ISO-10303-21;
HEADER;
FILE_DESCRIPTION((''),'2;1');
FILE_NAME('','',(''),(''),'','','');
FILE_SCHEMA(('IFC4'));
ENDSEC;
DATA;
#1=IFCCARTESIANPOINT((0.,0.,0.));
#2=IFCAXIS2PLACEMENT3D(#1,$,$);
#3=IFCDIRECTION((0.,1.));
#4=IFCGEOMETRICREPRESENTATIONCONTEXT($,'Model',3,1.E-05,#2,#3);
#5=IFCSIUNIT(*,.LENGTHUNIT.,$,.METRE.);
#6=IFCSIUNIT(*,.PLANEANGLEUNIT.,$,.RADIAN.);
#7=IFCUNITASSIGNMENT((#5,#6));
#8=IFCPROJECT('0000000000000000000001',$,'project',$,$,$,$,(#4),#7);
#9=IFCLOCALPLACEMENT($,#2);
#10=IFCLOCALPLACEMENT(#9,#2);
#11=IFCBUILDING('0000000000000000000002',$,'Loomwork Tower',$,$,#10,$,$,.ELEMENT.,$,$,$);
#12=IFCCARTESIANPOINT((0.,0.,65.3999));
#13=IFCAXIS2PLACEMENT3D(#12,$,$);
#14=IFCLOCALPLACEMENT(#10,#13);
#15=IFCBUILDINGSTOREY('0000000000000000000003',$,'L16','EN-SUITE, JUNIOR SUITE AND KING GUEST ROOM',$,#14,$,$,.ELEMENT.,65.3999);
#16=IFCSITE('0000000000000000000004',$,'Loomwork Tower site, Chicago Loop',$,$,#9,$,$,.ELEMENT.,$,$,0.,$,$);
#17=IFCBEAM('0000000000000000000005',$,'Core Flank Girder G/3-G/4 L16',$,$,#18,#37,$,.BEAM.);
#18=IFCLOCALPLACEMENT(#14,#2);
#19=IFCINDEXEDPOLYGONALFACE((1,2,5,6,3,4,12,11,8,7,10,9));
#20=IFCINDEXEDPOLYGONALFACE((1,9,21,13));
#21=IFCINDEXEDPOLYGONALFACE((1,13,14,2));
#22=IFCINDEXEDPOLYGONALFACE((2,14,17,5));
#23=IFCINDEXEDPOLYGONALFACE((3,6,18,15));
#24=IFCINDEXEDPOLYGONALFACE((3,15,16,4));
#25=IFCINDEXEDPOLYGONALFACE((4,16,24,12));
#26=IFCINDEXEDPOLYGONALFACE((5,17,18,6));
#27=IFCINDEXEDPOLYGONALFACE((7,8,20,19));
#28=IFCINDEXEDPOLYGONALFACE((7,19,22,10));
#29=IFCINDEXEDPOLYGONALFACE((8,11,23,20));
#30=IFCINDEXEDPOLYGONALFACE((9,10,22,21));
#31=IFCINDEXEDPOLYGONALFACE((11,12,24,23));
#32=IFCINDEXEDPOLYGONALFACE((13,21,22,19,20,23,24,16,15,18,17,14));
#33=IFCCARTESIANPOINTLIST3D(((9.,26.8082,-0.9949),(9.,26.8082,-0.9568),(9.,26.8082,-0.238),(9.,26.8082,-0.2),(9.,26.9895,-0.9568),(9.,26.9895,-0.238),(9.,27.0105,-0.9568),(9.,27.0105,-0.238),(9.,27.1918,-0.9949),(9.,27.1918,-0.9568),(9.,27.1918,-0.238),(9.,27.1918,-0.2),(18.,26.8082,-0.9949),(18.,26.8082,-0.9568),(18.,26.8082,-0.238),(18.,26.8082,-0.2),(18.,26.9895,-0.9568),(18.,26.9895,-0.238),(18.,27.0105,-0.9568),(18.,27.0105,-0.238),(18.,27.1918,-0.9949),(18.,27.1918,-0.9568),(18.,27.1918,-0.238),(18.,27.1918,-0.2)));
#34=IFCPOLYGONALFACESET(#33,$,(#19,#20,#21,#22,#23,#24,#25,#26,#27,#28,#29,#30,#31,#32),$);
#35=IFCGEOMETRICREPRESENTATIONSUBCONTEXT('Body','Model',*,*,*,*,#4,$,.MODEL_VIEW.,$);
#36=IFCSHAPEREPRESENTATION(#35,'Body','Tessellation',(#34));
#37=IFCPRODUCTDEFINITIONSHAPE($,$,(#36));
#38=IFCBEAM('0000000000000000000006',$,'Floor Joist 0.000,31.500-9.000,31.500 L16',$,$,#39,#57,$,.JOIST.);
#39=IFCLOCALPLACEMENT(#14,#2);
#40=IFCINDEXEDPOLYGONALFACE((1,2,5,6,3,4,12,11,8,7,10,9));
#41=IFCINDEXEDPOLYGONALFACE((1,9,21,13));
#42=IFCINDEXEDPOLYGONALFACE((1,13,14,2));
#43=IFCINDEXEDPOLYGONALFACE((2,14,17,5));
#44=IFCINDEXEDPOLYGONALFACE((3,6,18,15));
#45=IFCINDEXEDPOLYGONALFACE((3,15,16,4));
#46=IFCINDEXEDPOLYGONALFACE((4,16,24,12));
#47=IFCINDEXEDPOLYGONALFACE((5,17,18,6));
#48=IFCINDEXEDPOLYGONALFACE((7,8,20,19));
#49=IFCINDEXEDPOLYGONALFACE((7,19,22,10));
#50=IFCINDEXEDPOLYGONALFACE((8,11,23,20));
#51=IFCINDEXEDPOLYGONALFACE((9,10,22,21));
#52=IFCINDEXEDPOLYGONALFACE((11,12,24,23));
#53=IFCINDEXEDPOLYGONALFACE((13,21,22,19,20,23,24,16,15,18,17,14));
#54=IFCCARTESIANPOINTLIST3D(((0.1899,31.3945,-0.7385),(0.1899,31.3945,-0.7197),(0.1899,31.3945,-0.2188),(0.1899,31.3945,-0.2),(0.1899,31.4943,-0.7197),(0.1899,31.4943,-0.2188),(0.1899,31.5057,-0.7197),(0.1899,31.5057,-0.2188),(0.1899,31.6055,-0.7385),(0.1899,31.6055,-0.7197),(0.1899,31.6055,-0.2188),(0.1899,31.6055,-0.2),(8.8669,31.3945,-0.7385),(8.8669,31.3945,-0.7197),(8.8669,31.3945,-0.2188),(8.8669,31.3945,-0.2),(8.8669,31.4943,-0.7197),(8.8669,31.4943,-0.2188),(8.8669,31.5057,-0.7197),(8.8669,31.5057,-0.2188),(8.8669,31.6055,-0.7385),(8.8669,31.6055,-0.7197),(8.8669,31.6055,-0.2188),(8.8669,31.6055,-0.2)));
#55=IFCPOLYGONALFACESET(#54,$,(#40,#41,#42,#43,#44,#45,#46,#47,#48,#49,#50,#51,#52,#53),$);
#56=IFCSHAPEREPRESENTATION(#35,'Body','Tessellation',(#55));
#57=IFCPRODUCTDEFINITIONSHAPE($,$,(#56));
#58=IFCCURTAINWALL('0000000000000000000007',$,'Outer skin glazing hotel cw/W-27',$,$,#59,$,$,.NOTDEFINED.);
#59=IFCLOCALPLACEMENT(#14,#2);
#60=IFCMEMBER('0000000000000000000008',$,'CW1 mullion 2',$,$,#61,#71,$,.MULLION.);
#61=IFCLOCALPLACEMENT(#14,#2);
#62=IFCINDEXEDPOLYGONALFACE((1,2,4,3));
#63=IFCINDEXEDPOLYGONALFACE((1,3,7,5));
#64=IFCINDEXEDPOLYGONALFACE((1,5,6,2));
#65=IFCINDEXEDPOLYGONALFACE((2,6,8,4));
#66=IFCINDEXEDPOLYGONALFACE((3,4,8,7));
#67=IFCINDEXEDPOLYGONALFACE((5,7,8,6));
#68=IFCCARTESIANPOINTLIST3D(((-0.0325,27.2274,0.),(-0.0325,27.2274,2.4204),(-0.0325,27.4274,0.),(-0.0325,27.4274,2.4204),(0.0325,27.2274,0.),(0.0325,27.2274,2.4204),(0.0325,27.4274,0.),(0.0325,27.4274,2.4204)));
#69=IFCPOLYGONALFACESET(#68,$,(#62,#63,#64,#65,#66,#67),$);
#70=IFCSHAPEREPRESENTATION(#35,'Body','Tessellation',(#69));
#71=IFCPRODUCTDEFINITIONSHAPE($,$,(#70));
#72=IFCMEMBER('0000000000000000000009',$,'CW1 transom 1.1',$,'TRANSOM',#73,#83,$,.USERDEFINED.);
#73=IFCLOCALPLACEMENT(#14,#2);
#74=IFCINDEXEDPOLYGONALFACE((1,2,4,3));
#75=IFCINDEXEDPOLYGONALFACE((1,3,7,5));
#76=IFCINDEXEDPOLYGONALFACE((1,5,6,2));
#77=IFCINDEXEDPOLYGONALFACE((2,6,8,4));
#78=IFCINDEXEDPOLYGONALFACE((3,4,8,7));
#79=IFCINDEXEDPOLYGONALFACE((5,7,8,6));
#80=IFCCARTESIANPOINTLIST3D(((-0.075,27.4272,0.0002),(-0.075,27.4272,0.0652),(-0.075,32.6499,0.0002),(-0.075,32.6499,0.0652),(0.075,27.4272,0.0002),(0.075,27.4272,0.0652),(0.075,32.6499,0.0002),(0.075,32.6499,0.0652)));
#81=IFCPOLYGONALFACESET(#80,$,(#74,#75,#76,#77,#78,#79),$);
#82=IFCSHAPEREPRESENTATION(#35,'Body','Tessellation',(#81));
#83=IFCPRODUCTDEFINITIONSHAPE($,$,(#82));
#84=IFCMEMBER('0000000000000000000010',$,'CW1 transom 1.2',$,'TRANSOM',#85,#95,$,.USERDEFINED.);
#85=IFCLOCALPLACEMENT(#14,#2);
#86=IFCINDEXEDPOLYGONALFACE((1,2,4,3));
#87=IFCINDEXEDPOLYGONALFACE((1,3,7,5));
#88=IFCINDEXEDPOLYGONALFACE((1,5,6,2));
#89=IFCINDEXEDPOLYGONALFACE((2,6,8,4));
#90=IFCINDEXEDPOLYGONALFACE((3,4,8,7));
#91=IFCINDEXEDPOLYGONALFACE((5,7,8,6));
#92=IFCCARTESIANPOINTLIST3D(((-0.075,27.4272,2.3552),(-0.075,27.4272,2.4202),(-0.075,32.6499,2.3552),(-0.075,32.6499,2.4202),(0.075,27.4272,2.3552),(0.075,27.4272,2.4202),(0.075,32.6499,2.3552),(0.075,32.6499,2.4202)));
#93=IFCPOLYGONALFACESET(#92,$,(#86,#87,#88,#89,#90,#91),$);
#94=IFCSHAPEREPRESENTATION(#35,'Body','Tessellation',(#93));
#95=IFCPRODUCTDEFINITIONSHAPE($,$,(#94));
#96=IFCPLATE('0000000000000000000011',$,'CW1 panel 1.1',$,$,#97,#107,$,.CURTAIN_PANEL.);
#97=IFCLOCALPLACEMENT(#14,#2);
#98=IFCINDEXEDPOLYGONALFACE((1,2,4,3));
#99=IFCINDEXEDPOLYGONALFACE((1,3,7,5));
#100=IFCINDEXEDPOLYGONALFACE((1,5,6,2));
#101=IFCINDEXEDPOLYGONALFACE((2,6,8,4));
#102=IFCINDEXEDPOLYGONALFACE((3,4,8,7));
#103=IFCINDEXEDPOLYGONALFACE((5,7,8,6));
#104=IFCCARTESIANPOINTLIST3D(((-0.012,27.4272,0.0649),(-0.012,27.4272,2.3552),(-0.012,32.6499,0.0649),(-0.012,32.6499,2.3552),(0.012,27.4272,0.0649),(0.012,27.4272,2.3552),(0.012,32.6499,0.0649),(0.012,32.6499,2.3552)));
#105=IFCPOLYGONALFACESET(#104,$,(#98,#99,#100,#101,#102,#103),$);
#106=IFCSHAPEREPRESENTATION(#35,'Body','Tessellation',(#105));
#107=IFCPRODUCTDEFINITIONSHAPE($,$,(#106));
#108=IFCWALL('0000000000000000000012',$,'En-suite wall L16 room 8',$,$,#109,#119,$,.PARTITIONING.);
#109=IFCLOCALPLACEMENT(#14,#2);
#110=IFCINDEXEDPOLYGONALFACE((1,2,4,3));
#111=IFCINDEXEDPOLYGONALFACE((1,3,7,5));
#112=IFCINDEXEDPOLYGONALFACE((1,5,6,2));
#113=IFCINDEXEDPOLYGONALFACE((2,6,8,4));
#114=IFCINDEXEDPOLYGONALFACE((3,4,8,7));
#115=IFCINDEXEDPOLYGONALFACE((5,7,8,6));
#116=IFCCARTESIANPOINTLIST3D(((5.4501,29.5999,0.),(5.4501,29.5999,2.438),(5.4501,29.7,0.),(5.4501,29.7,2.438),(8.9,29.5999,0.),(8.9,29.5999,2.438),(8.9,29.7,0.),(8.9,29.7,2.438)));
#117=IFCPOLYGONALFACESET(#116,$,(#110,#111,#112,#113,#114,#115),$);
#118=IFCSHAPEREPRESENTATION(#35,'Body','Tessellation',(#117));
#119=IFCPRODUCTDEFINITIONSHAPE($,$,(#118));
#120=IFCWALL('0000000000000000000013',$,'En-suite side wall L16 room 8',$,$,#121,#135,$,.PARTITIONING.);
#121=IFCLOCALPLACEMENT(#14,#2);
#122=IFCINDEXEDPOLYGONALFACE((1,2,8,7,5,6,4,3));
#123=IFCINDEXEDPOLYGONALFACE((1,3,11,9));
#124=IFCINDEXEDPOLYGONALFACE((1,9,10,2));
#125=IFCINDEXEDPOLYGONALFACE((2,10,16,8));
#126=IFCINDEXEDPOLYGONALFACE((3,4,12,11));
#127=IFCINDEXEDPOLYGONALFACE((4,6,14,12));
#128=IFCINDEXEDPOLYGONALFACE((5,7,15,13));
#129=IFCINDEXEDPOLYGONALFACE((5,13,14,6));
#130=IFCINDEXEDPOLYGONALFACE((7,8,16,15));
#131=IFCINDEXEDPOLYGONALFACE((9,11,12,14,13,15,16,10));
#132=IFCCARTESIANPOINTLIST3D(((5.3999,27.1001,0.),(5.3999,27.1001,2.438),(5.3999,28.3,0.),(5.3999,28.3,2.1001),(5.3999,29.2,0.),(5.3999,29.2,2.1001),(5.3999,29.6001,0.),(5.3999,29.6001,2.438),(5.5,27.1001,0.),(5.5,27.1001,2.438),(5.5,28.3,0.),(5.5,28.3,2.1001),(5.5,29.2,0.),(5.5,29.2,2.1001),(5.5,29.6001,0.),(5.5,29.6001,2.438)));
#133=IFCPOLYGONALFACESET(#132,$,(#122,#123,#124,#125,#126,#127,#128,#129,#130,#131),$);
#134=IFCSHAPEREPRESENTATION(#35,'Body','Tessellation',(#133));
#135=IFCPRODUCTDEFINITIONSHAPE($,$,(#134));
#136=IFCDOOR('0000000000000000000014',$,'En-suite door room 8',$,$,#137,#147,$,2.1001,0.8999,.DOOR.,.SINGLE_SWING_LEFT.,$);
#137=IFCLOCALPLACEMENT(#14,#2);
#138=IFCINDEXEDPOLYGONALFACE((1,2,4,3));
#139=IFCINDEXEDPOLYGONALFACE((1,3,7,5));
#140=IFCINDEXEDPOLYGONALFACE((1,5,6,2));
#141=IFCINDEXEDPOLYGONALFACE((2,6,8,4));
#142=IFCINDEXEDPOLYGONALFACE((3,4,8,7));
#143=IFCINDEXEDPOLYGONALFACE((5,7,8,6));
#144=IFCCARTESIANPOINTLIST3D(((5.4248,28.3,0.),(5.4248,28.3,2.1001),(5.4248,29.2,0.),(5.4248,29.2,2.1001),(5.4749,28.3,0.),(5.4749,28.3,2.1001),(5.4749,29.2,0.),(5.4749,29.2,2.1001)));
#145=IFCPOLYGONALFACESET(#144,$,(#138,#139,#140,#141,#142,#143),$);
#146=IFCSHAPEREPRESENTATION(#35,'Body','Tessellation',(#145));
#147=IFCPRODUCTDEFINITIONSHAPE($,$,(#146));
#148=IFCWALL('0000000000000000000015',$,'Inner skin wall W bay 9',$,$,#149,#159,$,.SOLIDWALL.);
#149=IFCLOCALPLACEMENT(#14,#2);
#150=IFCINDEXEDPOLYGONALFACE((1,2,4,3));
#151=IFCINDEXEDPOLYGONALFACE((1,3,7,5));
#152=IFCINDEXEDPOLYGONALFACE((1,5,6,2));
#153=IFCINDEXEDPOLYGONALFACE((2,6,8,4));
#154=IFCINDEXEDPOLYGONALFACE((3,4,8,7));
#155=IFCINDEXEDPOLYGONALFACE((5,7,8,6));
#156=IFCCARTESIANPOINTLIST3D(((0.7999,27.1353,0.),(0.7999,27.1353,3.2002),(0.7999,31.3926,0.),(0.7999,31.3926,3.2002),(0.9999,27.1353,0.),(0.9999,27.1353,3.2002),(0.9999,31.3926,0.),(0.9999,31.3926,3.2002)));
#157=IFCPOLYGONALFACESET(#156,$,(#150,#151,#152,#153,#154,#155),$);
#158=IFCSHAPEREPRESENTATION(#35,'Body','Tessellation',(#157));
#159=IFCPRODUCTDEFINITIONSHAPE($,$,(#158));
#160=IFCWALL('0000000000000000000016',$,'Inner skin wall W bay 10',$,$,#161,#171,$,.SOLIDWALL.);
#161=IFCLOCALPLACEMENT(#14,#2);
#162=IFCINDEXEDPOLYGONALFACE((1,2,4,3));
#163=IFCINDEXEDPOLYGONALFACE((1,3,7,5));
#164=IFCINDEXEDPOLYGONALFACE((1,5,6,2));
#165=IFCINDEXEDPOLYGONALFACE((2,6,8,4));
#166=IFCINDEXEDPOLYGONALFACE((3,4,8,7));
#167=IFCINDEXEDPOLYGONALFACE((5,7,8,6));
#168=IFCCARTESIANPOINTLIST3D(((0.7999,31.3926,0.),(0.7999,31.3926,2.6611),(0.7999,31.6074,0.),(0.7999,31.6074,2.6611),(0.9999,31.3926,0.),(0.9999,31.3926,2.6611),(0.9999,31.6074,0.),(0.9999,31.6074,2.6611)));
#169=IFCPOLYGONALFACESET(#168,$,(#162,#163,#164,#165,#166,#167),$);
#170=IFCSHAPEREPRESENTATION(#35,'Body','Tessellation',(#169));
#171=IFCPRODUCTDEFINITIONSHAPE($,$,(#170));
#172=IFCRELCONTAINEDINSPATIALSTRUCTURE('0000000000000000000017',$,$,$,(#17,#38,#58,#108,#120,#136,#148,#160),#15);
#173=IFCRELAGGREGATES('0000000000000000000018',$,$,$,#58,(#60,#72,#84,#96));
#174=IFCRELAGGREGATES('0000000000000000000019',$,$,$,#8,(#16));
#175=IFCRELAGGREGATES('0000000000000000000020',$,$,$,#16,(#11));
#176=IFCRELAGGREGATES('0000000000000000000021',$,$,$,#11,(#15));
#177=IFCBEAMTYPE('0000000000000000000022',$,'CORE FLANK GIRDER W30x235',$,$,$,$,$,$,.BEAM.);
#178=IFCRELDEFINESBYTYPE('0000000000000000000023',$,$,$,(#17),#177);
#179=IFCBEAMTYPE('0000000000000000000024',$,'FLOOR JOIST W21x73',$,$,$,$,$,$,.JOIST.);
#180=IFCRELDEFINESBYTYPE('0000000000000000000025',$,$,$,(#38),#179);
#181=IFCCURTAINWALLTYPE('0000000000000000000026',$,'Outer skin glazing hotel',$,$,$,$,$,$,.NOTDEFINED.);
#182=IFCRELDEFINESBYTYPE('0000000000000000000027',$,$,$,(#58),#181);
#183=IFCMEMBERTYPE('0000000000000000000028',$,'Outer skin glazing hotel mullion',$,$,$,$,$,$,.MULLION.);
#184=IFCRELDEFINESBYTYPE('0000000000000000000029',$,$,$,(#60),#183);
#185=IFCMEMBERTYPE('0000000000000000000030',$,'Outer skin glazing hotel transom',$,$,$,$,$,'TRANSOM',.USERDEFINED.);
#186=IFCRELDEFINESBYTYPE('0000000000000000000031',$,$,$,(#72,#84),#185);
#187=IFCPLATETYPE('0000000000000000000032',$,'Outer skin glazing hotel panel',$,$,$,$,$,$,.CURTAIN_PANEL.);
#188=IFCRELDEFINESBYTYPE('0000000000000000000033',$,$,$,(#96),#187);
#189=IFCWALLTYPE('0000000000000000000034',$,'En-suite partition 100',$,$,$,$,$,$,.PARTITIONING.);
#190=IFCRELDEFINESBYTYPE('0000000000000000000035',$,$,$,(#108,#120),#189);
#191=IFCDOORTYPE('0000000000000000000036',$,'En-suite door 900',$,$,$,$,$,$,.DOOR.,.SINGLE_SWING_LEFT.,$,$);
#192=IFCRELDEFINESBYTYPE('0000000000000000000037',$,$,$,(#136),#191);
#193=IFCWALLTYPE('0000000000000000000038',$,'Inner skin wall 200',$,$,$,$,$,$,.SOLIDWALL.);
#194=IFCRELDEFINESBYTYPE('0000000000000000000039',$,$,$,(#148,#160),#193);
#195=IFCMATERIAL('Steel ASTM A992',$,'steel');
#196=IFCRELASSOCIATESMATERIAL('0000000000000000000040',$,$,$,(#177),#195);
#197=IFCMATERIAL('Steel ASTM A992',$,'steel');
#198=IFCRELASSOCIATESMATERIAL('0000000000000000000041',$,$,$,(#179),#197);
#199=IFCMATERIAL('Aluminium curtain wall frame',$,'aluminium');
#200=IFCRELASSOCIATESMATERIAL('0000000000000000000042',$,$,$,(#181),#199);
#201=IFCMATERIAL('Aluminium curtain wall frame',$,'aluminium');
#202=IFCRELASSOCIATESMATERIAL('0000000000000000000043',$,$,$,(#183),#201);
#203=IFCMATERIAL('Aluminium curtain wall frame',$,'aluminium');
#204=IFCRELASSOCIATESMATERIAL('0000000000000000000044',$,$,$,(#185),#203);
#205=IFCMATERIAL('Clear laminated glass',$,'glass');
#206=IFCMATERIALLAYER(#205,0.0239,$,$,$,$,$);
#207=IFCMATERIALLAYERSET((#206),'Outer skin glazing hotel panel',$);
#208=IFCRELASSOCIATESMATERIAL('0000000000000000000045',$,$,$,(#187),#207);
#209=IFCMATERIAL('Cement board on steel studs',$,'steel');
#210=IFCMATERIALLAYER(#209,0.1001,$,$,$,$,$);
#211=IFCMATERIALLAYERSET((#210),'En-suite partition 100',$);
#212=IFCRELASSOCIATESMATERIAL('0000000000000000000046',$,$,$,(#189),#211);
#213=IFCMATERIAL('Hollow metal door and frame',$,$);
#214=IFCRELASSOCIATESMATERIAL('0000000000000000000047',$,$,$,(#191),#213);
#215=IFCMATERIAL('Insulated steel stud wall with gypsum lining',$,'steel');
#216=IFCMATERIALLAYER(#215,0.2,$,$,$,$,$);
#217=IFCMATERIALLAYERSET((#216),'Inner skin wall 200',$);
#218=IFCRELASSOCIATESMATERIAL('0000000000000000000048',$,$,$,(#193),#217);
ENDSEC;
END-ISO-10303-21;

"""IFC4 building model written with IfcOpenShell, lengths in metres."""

from ifc_helpers import new_model, si_unit, direction, frame, frame_2d, origin, origin_2d, place, context, subcontext, project, spatial, rectangle, i_section, extrude, material, layer, layer_set, material_profile, profile_set, type_object, element, fill, aggregate, save


model = new_model("IFC4")

# Units and contexts
model_context = context("Model", 3, precision=1e-05, world=origin(), true_north=direction((0.0, 1.0)))
body_context = subcontext(model_context, "Body", "Model", "MODEL_VIEW")
ifc_project = project(units=[si_unit("LENGTHUNIT", "METRE"), si_unit("PLANEANGLEUNIT", "RADIAN")], contexts=[model_context])

# Site, building, storey
site_placement = place(None, origin())
site = spatial("IfcSite", under=ifc_project, at=site_placement, Name="Loomwork Tower site, Chicago Loop", CompositionType="ELEMENT", RefElevation=0.0)
building_placement = place(site_placement, origin())
building = spatial("IfcBuilding", under=site, at=building_placement, Name="Loomwork Tower", CompositionType="ELEMENT")
storey_placement = place(building_placement, frame((0.0, 0.0, 65.3999)))
storey = spatial("IfcBuildingStorey", under=building, at=storey_placement, Name="L16", Description="EN-SUITE, JUNIOR SUITE AND KING GUEST ROOM", CompositionType="ELEMENT", Elevation=65.3999)

# Beams
ifc_material_1 = material(Name="Steel ASTM A992", Category="steel")
ifc_material_profile_1 = material_profile(ifc_material_1, i_section(OverallWidth=0.3835, OverallDepth=0.7949, WebThickness=0.021, FlangeThickness=0.0381, at=origin_2d()), Name="W30x235")
ifc_profile_set_1 = profile_set([ifc_material_profile_1], Name="Steel ASTM A992")
beam_type_1 = type_object("IfcBeamType", Name="CORE FLANK GIRDER W30x235", PredefinedType="BEAM", material=ifc_profile_set_1)
beam_1_placement = place(storey_placement, frame((9.0, 27.0, -0.5974), z_axis=(1.0, 0.0, 0.0), x_axis=(0.0, 1.0, 0.0)))
element("IfcBeam", 1, at=beam_1_placement, inside=storey, type_object=beam_type_1, Name="Core Flank Girder G/3-G/4 L16", PredefinedType="BEAM", context=body_context, shape_type="SweptSolid", body=[
    extrude(i_section(OverallWidth=0.3835, OverallDepth=0.7949, WebThickness=0.021, FlangeThickness=0.0381, at=origin_2d()), origin(), (0.0, 0.0, 1.0), 9.0),
])
ifc_material_2 = material(Name="Steel ASTM A992", Category="steel")
ifc_material_profile_2 = material_profile(ifc_material_2, i_section(OverallWidth=0.2109, OverallDepth=0.5386, WebThickness=0.0115, FlangeThickness=0.0188, at=origin_2d()), Name="W21x73")
ifc_profile_set_2 = profile_set([ifc_material_profile_2], Name="Steel ASTM A992")
beam_type_2 = type_object("IfcBeamType", Name="FLOOR JOIST W21x73", PredefinedType="JOIST", material=ifc_profile_set_2)
beam_2_placement = place(storey_placement, frame((0.1899, 31.5, -0.4692), z_axis=(1.0, 0.0, 0.0), x_axis=(0.0, 1.0, 0.0)))
element("IfcBeam", 2, at=beam_2_placement, inside=storey, type_object=beam_type_2, Name="Floor Joist 0.000,31.500-9.000,31.500 L16", PredefinedType="JOIST", context=body_context, shape_type="SweptSolid", body=[
    extrude(i_section(OverallWidth=0.2109, OverallDepth=0.5386, WebThickness=0.0115, FlangeThickness=0.0188, at=origin_2d()), origin(), (0.0, 0.0, 1.0), 8.677),
])

# Curtain wall, members, plate
ifc_material_3 = material(Name="Aluminium curtain wall frame", Category="aluminium")
curtain_wall_type = type_object("IfcCurtainWallType", Name="Outer skin glazing hotel", PredefinedType="NOTDEFINED", material=ifc_material_3)
curtain_wall_placement = place(storey_placement, origin())
curtain_wall = element("IfcCurtainWall", 3, at=curtain_wall_placement, inside=storey, type_object=curtain_wall_type, Name="Outer skin glazing hotel cw/W-27", PredefinedType="NOTDEFINED")
ifc_material_4 = material(Name="Aluminium curtain wall frame", Category="aluminium")
ifc_material_profile_3 = material_profile(ifc_material_4, rectangle(XDim=0.0649, YDim=0.2, at=origin_2d()), Name="AL 65x200")
ifc_profile_set_3 = profile_set([ifc_material_profile_3], Name="Aluminium curtain wall frame")
member_type_1 = type_object("IfcMemberType", Name="Outer skin glazing hotel mullion", PredefinedType="MULLION", material=ifc_profile_set_3)
member_1_placement = place(storey_placement, frame((0.0, 27.3274, 0.0), z_axis=(0.0, 0.0, 1.0), x_axis=(1.0, 0.0, 0.0)))
member_1 = element("IfcMember", 4, at=member_1_placement, type_object=member_type_1, Name="CW1 mullion 2", PredefinedType="MULLION", context=body_context, shape_type="SweptSolid", body=[
    extrude(rectangle(XDim=0.0649, YDim=0.2, at=origin_2d()), origin(), (0.0, 0.0, 1.0), 2.4204),
])
ifc_material_5 = material(Name="Aluminium curtain wall frame", Category="aluminium")
ifc_material_profile_4 = material_profile(ifc_material_5, rectangle(XDim=0.1499, YDim=0.0649, at=origin_2d()), Name="AL 65x150")
ifc_profile_set_4 = profile_set([ifc_material_profile_4], Name="Aluminium curtain wall frame")
member_type_2 = type_object("IfcMemberType", Name="Outer skin glazing hotel transom", ElementType="TRANSOM", PredefinedType="USERDEFINED", material=ifc_profile_set_4)
member_2_placement = place(storey_placement, frame((0.0, 32.6499, 0.0327), z_axis=(0.0, -1.0, 0.0), x_axis=(1.0, 0.0, 0.0)))
member_2 = element("IfcMember", 5, at=member_2_placement, type_object=member_type_2, Name="CW1 transom 1.1", ObjectType="TRANSOM", PredefinedType="USERDEFINED", context=body_context, shape_type="SweptSolid", body=[
    extrude(rectangle(XDim=0.1499, YDim=0.0649, at=origin_2d()), origin(), (0.0, 0.0, 1.0), 5.2227),
])
member_3_placement = place(storey_placement, frame((0.0, 32.6499, 2.3877), z_axis=(0.0, -1.0, 0.0), x_axis=(1.0, 0.0, 0.0)))
member_3 = element("IfcMember", 6, at=member_3_placement, type_object=member_type_2, Name="CW1 transom 1.2", ObjectType="TRANSOM", PredefinedType="USERDEFINED", context=body_context, shape_type="SweptSolid", body=[
    extrude(rectangle(XDim=0.1499, YDim=0.0649, at=origin_2d()), origin(), (0.0, 0.0, 1.0), 5.2227),
])
ifc_material_6 = material(Name="Clear laminated glass", Category="glass")
ifc_layer_1 = layer(ifc_material_6, 0.0239)
ifc_layer_set_1 = layer_set([ifc_layer_1], Name="Outer skin glazing hotel panel")
plate_type = type_object("IfcPlateType", Name="Outer skin glazing hotel panel", PredefinedType="CURTAIN_PANEL", material=ifc_layer_set_1)
plate_placement = place(storey_placement, frame((0.0, 30.0386, 0.0649), z_axis=(0.0, 0.0, 1.0), x_axis=(0.0, -1.0, 0.0)))
plate = element("IfcPlate", 7, at=plate_placement, type_object=plate_type, Name="CW1 panel 1.1", PredefinedType="CURTAIN_PANEL", context=body_context, shape_type="SweptSolid", body=[
    extrude(rectangle(XDim=5.2227, YDim=0.0239, at=origin_2d()), origin(), (0.0, 0.0, 1.0), 2.2903),
])
aggregate(curtain_wall, [member_1, member_2, member_3, plate])

# Wall
ifc_material_7 = material(Name="Cement board on steel studs", Category="steel")
ifc_layer_2 = layer(ifc_material_7, 0.1001)
ifc_layer_set_2 = layer_set([ifc_layer_2], Name="En-suite partition 100")
wall_type_1 = type_object("IfcWallType", Name="En-suite partition 100", PredefinedType="PARTITIONING", material=ifc_layer_set_2)
wall_1_placement = place(storey_placement, frame((5.45, 29.6499, 0.0), z_axis=(0.0, 0.0, 1.0), x_axis=(1.0, 0.0, 0.0)))
element("IfcWall", 8, at=wall_1_placement, inside=storey, type_object=wall_type_1, Name="En-suite wall L16 room 8", PredefinedType="PARTITIONING", context=body_context, shape_type="SweptSolid", body=[
    extrude(rectangle(XDim=3.45, YDim=0.1001, at=frame_2d((1.7251, 0.0))), origin(), (0.0, 0.0, 1.0), 2.438),
])

# Wall, opening, door
wall_2_placement = place(storey_placement, frame((5.45, 27.1001, 0.0), z_axis=(0.0, 0.0, 1.0), x_axis=(0.0, 1.0, 0.0)))
wall_2 = element("IfcWall", 9, at=wall_2_placement, inside=storey, type_object=wall_type_1, Name="En-suite side wall L16 room 8", PredefinedType="PARTITIONING", context=body_context, shape_type="SweptSolid", body=[
    extrude(rectangle(XDim=2.5, YDim=0.1001, at=frame_2d((1.25, 0.0))), origin(), (0.0, 0.0, 1.0), 2.438),
])
opening_placement = place(wall_2_placement, frame((1.2, 0.0, 0.0)))
opening = element("IfcOpeningElement", 10, at=opening_placement, cuts=wall_2, PredefinedType="OPENING", context=body_context, shape_type="SweptSolid", body=[
    extrude(rectangle(XDim=0.8999, YDim=2.1001, at=frame_2d((0.45, 1.05))), frame((0.0, 0.0601, 0.0), z_axis=(0.0, -1.0, 0.0), x_axis=(1.0, 0.0, 0.0)), (0.0, 0.0, 1.0), 0.1201),
])
ifc_material_8 = material(Name="Hollow metal door and frame")
door_type = type_object("IfcDoorType", Name="En-suite door 900", OperationType="SINGLE_SWING_LEFT", PredefinedType="DOOR", material=ifc_material_8)
door_placement = place(opening_placement, frame((0.8999, 0.0, 0.0), z_axis=(0.0, 0.0, 1.0), x_axis=(-1.0, 0.0, 0.0)))
door = element("IfcDoor", 11, at=door_placement, inside=storey, type_object=door_type, Name="En-suite door room 8", OperationType="SINGLE_SWING_LEFT", OverallHeight=2.1001, OverallWidth=0.8999, PredefinedType="DOOR", context=body_context, shape_type="SweptSolid", body=[
    extrude(rectangle(XDim=0.8999, YDim=2.1001, at=frame_2d((0.45, 1.05))), frame((0.0, 0.0249, 0.0), z_axis=(0.0, -1.0, 0.0), x_axis=(1.0, 0.0, 0.0)), (0.0, 0.0, 1.0), 0.05),
])
fill(opening, door)

# Walls
ifc_material_9 = material(Name="Insulated steel stud wall with gypsum lining", Category="steel")
ifc_layer_3 = layer(ifc_material_9, 0.2)
ifc_layer_set_3 = layer_set([ifc_layer_3], Name="Inner skin wall 200")
wall_type_2 = type_object("IfcWallType", Name="Inner skin wall 200", PredefinedType="SOLIDWALL", material=ifc_layer_set_3)
wall_3_placement = place(storey_placement, frame((0.8999, 27.1353, 0.0), z_axis=(0.0, 0.0, 1.0), x_axis=(0.0, 1.0, 0.0)))
element("IfcWall", 12, at=wall_3_placement, inside=storey, type_object=wall_type_2, Name="Inner skin wall W bay 9", PredefinedType="SOLIDWALL", context=body_context, shape_type="SweptSolid", body=[
    extrude(rectangle(XDim=4.2573, YDim=0.2, at=frame_2d((2.1287, 0.0))), origin(), (0.0, 0.0, 1.0), 3.2002),
])
wall_4_placement = place(storey_placement, frame((0.8999, 31.3926, 0.0), z_axis=(0.0, 0.0, 1.0), x_axis=(0.0, 1.0, 0.0)))
element("IfcWall", 13, at=wall_4_placement, inside=storey, type_object=wall_type_2, Name="Inner skin wall W bay 10", PredefinedType="SOLIDWALL", context=body_context, shape_type="SweptSolid", body=[
    extrude(rectangle(XDim=0.2148, YDim=0.2, at=frame_2d((0.1074, 0.0))), origin(), (0.0, 0.0, 1.0), 2.6611),
])

save(model, "model.ifc")
